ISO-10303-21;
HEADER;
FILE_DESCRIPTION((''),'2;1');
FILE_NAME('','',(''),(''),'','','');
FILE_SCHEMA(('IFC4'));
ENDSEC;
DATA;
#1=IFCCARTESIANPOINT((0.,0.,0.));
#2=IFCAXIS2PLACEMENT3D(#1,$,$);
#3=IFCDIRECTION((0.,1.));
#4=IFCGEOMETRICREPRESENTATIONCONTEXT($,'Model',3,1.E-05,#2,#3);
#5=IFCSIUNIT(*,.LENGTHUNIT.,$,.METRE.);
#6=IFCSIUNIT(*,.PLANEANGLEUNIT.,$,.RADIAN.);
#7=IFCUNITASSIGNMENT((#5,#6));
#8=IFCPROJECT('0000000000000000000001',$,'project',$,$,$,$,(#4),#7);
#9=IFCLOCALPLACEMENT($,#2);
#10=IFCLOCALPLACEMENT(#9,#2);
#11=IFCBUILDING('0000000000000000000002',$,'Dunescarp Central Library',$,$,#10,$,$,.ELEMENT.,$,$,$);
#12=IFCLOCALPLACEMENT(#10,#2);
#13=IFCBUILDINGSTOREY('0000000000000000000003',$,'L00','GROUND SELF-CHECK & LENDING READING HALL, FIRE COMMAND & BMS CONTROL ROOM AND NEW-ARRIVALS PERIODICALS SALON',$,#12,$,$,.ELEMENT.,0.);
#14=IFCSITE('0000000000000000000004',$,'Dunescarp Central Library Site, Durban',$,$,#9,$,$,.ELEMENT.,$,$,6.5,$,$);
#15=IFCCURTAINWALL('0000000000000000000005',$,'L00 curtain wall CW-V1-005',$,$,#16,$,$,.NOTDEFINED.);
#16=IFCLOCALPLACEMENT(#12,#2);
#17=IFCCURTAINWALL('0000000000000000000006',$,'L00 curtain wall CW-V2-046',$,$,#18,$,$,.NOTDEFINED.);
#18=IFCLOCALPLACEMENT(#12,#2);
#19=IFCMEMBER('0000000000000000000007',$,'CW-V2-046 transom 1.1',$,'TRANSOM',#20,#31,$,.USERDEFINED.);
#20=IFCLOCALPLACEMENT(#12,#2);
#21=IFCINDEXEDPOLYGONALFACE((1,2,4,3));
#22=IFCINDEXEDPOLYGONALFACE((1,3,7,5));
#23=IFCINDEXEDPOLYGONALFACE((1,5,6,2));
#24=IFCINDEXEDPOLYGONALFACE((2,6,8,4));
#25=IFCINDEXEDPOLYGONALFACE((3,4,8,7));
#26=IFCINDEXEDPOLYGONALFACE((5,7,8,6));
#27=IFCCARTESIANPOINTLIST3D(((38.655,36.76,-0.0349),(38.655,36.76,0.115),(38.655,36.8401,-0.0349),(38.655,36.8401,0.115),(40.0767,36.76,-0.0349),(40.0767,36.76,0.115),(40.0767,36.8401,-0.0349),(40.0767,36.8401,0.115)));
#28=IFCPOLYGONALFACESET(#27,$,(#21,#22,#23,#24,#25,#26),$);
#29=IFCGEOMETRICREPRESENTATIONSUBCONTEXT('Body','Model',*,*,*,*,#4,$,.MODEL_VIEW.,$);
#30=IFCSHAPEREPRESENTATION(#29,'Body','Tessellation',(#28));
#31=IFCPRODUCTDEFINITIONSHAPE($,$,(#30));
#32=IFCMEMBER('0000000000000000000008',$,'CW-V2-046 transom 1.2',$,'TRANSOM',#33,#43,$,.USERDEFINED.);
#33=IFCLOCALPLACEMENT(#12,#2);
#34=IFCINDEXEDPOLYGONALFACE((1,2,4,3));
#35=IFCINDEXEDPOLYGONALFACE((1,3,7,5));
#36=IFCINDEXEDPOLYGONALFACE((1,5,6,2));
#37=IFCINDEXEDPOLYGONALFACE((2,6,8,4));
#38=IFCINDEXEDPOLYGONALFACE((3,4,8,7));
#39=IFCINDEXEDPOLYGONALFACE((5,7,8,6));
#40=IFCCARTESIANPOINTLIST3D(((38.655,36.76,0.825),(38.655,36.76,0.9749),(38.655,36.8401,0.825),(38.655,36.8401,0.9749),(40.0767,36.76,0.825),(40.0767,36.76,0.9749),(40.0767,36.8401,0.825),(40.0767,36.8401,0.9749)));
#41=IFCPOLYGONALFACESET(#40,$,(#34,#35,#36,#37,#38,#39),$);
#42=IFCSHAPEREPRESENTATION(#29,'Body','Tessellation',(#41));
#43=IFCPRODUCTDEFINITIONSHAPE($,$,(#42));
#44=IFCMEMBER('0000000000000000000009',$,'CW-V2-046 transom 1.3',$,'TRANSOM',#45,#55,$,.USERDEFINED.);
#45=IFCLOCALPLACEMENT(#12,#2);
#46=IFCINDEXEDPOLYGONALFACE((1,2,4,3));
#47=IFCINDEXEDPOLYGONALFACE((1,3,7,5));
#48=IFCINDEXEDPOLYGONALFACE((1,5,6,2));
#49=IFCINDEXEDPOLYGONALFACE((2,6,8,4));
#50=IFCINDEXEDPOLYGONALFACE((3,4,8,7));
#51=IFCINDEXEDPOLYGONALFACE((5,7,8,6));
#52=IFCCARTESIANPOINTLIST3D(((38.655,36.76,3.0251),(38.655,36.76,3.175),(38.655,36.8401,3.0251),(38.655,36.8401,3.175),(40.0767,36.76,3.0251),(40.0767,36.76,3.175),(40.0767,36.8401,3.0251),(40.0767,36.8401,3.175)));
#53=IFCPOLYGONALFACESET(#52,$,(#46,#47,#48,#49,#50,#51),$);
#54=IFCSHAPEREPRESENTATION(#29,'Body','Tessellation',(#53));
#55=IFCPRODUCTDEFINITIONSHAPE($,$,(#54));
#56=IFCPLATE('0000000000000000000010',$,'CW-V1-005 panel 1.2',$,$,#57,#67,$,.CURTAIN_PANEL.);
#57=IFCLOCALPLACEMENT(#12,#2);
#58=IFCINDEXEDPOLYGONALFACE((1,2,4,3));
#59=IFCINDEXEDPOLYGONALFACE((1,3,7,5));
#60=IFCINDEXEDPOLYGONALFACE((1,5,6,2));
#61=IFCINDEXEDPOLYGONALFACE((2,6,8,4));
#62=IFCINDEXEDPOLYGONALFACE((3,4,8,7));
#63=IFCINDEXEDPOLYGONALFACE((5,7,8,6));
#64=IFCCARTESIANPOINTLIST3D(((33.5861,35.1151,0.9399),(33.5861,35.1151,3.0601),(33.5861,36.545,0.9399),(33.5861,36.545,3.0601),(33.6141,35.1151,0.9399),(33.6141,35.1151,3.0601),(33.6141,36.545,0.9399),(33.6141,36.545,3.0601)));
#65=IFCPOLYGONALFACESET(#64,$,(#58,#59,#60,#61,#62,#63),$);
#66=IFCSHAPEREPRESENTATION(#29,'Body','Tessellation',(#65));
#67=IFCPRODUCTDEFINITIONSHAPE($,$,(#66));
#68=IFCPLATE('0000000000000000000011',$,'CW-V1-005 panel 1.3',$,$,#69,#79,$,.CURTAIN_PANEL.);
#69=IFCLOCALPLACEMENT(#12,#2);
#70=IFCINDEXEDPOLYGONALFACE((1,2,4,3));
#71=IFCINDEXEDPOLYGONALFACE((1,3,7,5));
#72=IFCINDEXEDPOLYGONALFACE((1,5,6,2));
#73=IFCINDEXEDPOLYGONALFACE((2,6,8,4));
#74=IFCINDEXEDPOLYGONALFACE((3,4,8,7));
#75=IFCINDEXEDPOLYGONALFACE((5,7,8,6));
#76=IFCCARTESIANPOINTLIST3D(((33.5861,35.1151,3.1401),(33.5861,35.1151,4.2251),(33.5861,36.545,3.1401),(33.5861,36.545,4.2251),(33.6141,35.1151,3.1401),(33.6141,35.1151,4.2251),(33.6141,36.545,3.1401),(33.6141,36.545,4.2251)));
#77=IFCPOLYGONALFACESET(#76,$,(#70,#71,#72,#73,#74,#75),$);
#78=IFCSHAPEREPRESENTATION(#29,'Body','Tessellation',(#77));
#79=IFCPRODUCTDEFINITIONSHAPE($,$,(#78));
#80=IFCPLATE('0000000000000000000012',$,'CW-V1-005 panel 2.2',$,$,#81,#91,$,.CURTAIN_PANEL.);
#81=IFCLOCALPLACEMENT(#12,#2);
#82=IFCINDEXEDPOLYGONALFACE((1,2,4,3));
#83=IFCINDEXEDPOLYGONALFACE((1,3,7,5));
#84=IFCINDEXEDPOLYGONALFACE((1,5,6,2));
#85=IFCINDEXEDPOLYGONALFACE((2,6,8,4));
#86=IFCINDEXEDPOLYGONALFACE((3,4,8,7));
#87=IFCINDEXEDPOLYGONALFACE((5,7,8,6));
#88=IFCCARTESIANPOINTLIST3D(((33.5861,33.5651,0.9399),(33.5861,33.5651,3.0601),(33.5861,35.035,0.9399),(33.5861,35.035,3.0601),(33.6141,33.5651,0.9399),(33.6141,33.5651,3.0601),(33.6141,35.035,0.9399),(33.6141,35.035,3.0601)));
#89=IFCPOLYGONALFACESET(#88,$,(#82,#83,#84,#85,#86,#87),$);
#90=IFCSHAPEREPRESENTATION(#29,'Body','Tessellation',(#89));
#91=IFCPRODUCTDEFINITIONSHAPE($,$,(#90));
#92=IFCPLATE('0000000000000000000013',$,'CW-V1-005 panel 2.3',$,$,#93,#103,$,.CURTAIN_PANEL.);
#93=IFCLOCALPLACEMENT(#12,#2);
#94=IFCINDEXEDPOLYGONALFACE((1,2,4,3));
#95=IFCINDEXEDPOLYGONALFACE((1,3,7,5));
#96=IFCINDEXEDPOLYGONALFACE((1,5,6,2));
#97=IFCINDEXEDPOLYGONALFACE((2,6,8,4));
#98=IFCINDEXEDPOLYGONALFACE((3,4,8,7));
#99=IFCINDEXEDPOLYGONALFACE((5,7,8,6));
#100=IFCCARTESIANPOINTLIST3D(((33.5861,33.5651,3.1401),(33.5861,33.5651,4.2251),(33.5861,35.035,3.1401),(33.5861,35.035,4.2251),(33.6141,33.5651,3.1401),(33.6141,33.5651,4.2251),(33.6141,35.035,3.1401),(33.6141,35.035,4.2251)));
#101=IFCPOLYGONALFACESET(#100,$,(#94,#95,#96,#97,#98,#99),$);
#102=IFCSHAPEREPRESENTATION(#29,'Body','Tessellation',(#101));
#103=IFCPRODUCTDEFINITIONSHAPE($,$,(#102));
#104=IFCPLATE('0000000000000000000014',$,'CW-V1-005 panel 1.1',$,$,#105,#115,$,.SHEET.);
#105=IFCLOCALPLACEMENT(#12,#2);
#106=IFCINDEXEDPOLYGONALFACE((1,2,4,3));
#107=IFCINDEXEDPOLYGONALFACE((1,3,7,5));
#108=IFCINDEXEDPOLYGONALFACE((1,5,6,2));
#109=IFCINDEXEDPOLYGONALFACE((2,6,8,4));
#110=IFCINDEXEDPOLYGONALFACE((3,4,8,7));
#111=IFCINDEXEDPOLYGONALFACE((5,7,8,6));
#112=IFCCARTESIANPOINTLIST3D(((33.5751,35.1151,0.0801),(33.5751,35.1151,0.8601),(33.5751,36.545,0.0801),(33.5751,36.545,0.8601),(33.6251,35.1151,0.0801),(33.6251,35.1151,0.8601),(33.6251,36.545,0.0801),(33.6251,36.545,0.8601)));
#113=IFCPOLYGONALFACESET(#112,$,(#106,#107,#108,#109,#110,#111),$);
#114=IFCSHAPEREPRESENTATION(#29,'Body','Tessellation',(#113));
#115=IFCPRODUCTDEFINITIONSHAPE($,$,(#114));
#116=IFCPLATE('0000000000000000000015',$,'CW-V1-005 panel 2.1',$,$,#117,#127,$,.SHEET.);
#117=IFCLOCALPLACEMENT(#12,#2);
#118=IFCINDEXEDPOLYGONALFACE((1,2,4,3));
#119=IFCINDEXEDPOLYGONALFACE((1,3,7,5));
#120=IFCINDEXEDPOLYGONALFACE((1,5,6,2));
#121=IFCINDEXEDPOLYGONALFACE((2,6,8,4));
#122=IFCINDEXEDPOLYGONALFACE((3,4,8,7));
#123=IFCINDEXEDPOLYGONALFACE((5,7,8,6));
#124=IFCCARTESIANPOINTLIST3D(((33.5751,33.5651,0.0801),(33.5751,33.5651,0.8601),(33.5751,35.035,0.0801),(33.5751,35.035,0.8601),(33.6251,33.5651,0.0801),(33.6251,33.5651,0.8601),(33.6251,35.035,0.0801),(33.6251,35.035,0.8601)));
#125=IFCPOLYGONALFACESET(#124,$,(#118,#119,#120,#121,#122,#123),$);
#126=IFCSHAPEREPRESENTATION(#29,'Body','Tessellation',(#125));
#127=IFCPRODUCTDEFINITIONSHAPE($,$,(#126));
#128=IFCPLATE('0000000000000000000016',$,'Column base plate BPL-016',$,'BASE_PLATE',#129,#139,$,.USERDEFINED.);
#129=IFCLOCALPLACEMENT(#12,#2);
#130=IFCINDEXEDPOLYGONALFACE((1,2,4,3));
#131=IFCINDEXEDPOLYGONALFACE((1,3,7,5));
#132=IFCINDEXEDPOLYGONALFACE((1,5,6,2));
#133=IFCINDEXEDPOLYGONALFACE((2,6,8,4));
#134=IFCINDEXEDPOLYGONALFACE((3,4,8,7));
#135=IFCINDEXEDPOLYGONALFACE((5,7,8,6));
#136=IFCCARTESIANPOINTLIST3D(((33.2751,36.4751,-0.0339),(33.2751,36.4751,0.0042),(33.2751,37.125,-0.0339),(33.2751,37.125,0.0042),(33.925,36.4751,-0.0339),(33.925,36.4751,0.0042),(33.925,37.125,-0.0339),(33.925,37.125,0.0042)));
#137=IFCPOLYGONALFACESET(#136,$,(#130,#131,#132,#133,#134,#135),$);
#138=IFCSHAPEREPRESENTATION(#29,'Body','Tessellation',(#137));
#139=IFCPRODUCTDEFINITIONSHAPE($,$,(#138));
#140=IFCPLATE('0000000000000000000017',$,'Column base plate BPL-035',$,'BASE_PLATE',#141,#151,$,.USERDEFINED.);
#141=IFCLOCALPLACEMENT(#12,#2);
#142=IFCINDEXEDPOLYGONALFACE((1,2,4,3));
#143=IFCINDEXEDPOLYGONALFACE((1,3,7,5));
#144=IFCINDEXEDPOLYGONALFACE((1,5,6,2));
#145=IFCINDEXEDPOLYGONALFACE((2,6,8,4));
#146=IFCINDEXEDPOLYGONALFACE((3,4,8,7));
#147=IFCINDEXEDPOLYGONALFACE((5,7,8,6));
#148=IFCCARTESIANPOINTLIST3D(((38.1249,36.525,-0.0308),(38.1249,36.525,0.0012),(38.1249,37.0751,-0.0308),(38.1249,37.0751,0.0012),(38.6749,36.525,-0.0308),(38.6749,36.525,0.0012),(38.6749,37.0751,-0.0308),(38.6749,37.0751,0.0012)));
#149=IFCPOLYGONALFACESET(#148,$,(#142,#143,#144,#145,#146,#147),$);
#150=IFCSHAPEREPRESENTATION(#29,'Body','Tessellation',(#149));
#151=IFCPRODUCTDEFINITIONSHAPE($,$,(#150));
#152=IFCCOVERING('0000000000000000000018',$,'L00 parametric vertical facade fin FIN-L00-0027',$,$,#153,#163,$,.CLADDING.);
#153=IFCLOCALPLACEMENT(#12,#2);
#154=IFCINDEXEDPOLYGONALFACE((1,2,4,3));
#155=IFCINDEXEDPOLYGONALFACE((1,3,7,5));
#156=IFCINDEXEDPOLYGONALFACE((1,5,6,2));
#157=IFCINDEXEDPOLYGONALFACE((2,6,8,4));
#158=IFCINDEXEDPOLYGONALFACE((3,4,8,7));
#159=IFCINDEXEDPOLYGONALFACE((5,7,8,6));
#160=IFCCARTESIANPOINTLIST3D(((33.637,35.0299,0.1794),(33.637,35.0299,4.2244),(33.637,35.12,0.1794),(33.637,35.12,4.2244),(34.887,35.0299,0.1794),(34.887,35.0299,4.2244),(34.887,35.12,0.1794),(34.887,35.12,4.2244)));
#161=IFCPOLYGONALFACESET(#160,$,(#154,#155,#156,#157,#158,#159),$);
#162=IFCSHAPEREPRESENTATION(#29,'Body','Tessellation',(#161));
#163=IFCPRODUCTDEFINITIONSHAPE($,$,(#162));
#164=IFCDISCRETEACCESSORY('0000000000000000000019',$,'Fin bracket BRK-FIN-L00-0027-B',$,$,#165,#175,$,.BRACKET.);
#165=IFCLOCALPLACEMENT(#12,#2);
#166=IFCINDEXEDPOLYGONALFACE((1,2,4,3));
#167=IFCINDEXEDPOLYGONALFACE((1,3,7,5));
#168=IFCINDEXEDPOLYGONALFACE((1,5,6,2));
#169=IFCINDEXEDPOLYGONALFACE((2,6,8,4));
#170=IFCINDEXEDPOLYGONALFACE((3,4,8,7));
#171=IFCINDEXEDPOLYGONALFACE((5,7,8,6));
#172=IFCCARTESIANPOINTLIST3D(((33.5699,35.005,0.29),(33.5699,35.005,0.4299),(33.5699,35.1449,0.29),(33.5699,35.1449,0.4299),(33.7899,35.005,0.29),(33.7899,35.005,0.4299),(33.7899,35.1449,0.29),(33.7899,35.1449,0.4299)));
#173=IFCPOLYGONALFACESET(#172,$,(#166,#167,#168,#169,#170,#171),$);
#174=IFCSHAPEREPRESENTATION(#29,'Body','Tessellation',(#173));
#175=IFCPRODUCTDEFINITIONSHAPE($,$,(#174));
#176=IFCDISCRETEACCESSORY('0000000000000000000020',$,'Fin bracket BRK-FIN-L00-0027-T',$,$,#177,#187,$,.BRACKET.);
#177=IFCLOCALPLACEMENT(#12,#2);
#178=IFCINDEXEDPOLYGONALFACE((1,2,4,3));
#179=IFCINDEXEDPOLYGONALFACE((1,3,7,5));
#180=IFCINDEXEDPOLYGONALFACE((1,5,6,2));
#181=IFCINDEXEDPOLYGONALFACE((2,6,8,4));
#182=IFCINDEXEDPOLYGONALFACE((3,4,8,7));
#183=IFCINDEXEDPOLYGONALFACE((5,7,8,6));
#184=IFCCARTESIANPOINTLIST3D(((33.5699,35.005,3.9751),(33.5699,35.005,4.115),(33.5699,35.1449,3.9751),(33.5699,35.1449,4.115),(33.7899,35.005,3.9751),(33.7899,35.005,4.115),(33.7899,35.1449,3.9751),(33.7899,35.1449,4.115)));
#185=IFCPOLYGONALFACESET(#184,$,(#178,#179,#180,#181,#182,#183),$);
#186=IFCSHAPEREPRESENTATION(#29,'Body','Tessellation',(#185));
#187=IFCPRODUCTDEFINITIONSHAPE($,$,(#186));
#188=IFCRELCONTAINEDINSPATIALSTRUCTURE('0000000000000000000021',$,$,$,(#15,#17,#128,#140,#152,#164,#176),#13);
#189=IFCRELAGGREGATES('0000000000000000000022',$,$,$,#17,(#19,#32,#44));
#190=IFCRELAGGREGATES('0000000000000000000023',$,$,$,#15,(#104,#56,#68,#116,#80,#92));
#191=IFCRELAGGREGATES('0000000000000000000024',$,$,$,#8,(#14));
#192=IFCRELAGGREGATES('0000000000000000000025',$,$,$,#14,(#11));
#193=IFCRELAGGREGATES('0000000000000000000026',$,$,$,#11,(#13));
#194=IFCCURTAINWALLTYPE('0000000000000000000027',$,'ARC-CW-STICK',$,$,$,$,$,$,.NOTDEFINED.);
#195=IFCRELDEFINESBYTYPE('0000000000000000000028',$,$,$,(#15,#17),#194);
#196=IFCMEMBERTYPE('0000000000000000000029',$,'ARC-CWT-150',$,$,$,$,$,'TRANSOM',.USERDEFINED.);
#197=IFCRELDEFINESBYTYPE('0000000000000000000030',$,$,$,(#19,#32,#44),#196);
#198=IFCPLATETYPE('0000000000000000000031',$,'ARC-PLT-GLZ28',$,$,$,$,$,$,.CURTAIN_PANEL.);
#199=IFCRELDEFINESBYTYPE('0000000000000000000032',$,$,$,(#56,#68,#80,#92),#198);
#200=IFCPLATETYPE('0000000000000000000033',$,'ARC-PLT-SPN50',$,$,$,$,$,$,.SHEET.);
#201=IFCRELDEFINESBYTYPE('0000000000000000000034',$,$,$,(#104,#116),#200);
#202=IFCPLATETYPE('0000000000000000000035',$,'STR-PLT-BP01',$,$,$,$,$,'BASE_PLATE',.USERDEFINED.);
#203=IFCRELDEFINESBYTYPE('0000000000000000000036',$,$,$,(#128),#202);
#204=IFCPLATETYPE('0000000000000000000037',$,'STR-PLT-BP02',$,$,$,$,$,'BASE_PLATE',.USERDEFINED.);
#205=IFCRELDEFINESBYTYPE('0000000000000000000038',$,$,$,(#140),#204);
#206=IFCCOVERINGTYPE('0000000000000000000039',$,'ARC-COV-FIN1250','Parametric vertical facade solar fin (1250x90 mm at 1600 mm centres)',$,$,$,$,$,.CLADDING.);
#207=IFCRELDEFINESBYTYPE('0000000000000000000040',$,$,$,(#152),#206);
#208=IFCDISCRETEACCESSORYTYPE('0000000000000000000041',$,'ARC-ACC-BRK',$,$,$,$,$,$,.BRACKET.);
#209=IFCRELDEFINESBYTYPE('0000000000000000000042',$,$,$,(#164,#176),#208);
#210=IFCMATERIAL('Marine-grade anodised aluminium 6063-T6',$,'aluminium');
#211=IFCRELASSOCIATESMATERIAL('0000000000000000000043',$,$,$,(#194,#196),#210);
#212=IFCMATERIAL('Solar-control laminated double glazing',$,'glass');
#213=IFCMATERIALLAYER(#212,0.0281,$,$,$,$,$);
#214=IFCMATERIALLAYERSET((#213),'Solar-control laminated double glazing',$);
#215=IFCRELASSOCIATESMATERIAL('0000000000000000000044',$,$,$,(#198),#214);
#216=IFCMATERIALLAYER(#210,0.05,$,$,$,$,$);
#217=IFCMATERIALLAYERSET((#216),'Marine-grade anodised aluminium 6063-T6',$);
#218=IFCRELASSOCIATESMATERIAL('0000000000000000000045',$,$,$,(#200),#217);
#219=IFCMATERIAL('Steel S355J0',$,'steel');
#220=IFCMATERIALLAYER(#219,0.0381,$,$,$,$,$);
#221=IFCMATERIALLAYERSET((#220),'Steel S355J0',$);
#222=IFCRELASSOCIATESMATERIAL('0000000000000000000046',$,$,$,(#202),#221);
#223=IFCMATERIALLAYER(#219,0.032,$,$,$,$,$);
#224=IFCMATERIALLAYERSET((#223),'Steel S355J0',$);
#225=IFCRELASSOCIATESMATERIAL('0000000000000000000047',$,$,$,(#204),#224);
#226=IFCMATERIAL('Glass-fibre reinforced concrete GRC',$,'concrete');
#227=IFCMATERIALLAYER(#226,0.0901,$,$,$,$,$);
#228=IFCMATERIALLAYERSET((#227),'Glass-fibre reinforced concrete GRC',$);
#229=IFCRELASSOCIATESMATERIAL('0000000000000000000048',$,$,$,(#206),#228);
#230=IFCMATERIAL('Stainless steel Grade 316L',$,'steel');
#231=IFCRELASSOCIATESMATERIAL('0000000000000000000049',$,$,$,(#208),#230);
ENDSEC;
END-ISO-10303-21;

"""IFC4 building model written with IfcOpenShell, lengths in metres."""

from ifc_helpers import new_model, si_unit, direction, frame, origin, origin_2d, place, context, subcontext, project, spatial, rectangle, extrude, material, layer, layer_set, material_profile, profile_set, type_object, element, aggregate, save


model = new_model("IFC4")

# Units and contexts
model_context = context("Model", 3, precision=1e-05, world=origin(), true_north=direction((0.0, 1.0)))
body_context = subcontext(model_context, "Body", "Model", "MODEL_VIEW")
ifc_project = project(units=[si_unit("LENGTHUNIT", "METRE"), si_unit("PLANEANGLEUNIT", "RADIAN")], contexts=[model_context])

# Site, building, storey
site_placement = place(None, origin())
site = spatial("IfcSite", under=ifc_project, at=site_placement, Name="Dunescarp Central Library Site, Durban", CompositionType="ELEMENT", RefElevation=6.5)
building_placement = place(site_placement, origin())
building = spatial("IfcBuilding", under=site, at=building_placement, Name="Dunescarp Central Library", CompositionType="ELEMENT")
storey_placement = place(building_placement, origin())
storey = spatial("IfcBuildingStorey", under=building, at=storey_placement, Name="L00", Description="GROUND SELF-CHECK & LENDING READING HALL, FIRE COMMAND & BMS CONTROL ROOM AND NEW-ARRIVALS PERIODICALS SALON", CompositionType="ELEMENT", Elevation=0.0)

# Curtain wall
ifc_material_1 = material(Name="Marine-grade anodised aluminium 6063-T6", Category="aluminium")
curtain_wall_type = type_object("IfcCurtainWallType", Name="ARC-CW-STICK", PredefinedType="NOTDEFINED", material=ifc_material_1)
curtain_wall_1_placement = place(storey_placement, origin())
curtain_wall_1 = element("IfcCurtainWall", 1, at=curtain_wall_1_placement, inside=storey, type_object=curtain_wall_type, Name="L00 curtain wall CW-V1-005", PredefinedType="NOTDEFINED")

# Curtain wall
curtain_wall_2_placement = place(storey_placement, origin())
curtain_wall_2 = element("IfcCurtainWall", 2, at=curtain_wall_2_placement, inside=storey, type_object=curtain_wall_type, Name="L00 curtain wall CW-V2-046", PredefinedType="NOTDEFINED")

# Members
ifc_material_profile_1 = material_profile(ifc_material_1, rectangle(XDim=0.0801, YDim=0.1499, at=origin_2d()), Name="AL 80x150")
ifc_profile_set_1 = profile_set([ifc_material_profile_1], Name="Marine-grade anodised aluminium 6063-T6")
member_type_1 = type_object("IfcMemberType", Name="ARC-CWT-150", ElementType="TRANSOM", PredefinedType="USERDEFINED", material=ifc_profile_set_1)
member_1_placement = place(storey_placement, frame((38.655, 36.8, 0.04), z_axis=(1.0, 0.0, 0.0), x_axis=(0.0, 1.0, 0.0)))
member_1 = element("IfcMember", 3, at=member_1_placement, type_object=member_type_1, Name="CW-V2-046 transom 1.1", ObjectType="TRANSOM", PredefinedType="USERDEFINED", context=body_context, shape_type="SweptSolid", body=[
    extrude(rectangle(XDim=0.0801, YDim=0.1499, at=origin_2d()), origin(), (0.0, 0.0, 1.0), 1.4216),
])
member_2_placement = place(storey_placement, frame((38.655, 36.8, 0.8999), z_axis=(1.0, 0.0, 0.0), x_axis=(0.0, 1.0, 0.0)))
member_2 = element("IfcMember", 4, at=member_2_placement, type_object=member_type_1, Name="CW-V2-046 transom 1.2", ObjectType="TRANSOM", PredefinedType="USERDEFINED", context=body_context, shape_type="SweptSolid", body=[
    extrude(rectangle(XDim=0.0801, YDim=0.1499, at=origin_2d()), origin(), (0.0, 0.0, 1.0), 1.4216),
])
member_3_placement = place(storey_placement, frame((38.655, 36.8, 3.1001), z_axis=(1.0, 0.0, 0.0), x_axis=(0.0, 1.0, 0.0)))
member_3 = element("IfcMember", 5, at=member_3_placement, type_object=member_type_1, Name="CW-V2-046 transom 1.3", ObjectType="TRANSOM", PredefinedType="USERDEFINED", context=body_context, shape_type="SweptSolid", body=[
    extrude(rectangle(XDim=0.0801, YDim=0.1499, at=origin_2d()), origin(), (0.0, 0.0, 1.0), 1.4216),
])
aggregate(curtain_wall_2, [member_1, member_2, member_3])

# Plates
ifc_material_2 = material(Name="Solar-control laminated double glazing", Category="glass")
ifc_layer_1 = layer(ifc_material_2, 0.0281)
ifc_layer_set_1 = layer_set([ifc_layer_1], Name="Solar-control laminated double glazing")
plate_type_1 = type_object("IfcPlateType", Name="ARC-PLT-GLZ28", PredefinedType="CURTAIN_PANEL", material=ifc_layer_set_1)
plate_1_placement = place(storey_placement, frame((33.6001, 35.8301, 0.9399), z_axis=(0.0, 0.0, 1.0), x_axis=(0.0, -1.0, 0.0)))
plate_1 = element("IfcPlate", 6, at=plate_1_placement, type_object=plate_type_1, Name="CW-V1-005 panel 1.2", PredefinedType="CURTAIN_PANEL", context=body_context, shape_type="SweptSolid", body=[
    extrude(rectangle(XDim=1.4299, YDim=0.0281, at=origin_2d()), origin(), (0.0, 0.0, 1.0), 2.1201),
])
plate_2_placement = place(storey_placement, frame((33.6001, 35.8301, 3.1401), z_axis=(0.0, 0.0, 1.0), x_axis=(0.0, -1.0, 0.0)))
plate_2 = element("IfcPlate", 7, at=plate_2_placement, type_object=plate_type_1, Name="CW-V1-005 panel 1.3", PredefinedType="CURTAIN_PANEL", context=body_context, shape_type="SweptSolid", body=[
    extrude(rectangle(XDim=1.4299, YDim=0.0281, at=origin_2d()), origin(), (0.0, 0.0, 1.0), 1.085),
])
plate_3_placement = place(storey_placement, frame((33.6001, 34.3, 0.9399), z_axis=(0.0, 0.0, 1.0), x_axis=(0.0, -1.0, 0.0)))
plate_3 = element("IfcPlate", 8, at=plate_3_placement, type_object=plate_type_1, Name="CW-V1-005 panel 2.2", PredefinedType="CURTAIN_PANEL", context=body_context, shape_type="SweptSolid", body=[
    extrude(rectangle(XDim=1.47, YDim=0.0281, at=origin_2d()), origin(), (0.0, 0.0, 1.0), 2.1201),
])
plate_4_placement = place(storey_placement, frame((33.6001, 34.3, 3.1401), z_axis=(0.0, 0.0, 1.0), x_axis=(0.0, -1.0, 0.0)))
plate_4 = element("IfcPlate", 9, at=plate_4_placement, type_object=plate_type_1, Name="CW-V1-005 panel 2.3", PredefinedType="CURTAIN_PANEL", context=body_context, shape_type="SweptSolid", body=[
    extrude(rectangle(XDim=1.47, YDim=0.0281, at=origin_2d()), origin(), (0.0, 0.0, 1.0), 1.085),
])
ifc_layer_2 = layer(ifc_material_1, 0.05)
ifc_layer_set_2 = layer_set([ifc_layer_2], Name="Marine-grade anodised aluminium 6063-T6")
plate_type_2 = type_object("IfcPlateType", Name="ARC-PLT-SPN50", PredefinedType="SHEET", material=ifc_layer_set_2)
plate_5_placement = place(storey_placement, frame((33.6001, 35.8301, 0.0801), z_axis=(0.0, 0.0, 1.0), x_axis=(0.0, -1.0, 0.0)))
plate_5 = element("IfcPlate", 10, at=plate_5_placement, type_object=plate_type_2, Name="CW-V1-005 panel 1.1", PredefinedType="SHEET", context=body_context, shape_type="SweptSolid", body=[
    extrude(rectangle(XDim=1.4299, YDim=0.05, at=origin_2d()), origin(), (0.0, 0.0, 1.0), 0.78),
])
plate_6_placement = place(storey_placement, frame((33.6001, 34.3, 0.0801), z_axis=(0.0, 0.0, 1.0), x_axis=(0.0, -1.0, 0.0)))
plate_6 = element("IfcPlate", 11, at=plate_6_placement, type_object=plate_type_2, Name="CW-V1-005 panel 2.1", PredefinedType="SHEET", context=body_context, shape_type="SweptSolid", body=[
    extrude(rectangle(XDim=1.47, YDim=0.05, at=origin_2d()), origin(), (0.0, 0.0, 1.0), 0.78),
])
aggregate(curtain_wall_1, [plate_5, plate_1, plate_2, plate_6, plate_3, plate_4])

# Plates
ifc_material_3 = material(Name="Steel S355J0", Category="steel")
ifc_layer_3 = layer(ifc_material_3, 0.0381)
ifc_layer_set_3 = layer_set([ifc_layer_3], Name="Steel S355J0")
plate_type_3 = type_object("IfcPlateType", Name="STR-PLT-BP01", ElementType="BASE_PLATE", PredefinedType="USERDEFINED", material=ifc_layer_set_3)
plate_7_placement = place(storey_placement, frame((33.6001, 36.8, -0.0339), z_axis=(0.0, 0.0, 1.0), x_axis=(1.0, 0.0, 0.0)))
element("IfcPlate", 12, at=plate_7_placement, inside=storey, type_object=plate_type_3, Name="Column base plate BPL-016", ObjectType="BASE_PLATE", PredefinedType="USERDEFINED", context=body_context, shape_type="SweptSolid", body=[
    extrude(rectangle(XDim=0.6499, YDim=0.6499, at=origin_2d()), origin(), (0.0, 0.0, 1.0), 0.0381),
])
ifc_layer_4 = layer(ifc_material_3, 0.032)
ifc_layer_set_4 = layer_set([ifc_layer_4], Name="Steel S355J0")
plate_type_4 = type_object("IfcPlateType", Name="STR-PLT-BP02", ElementType="BASE_PLATE", PredefinedType="USERDEFINED", material=ifc_layer_set_4)
plate_8_placement = place(storey_placement, frame((38.3999, 36.8, -0.0308), z_axis=(0.0, 0.0, 1.0), x_axis=(1.0, 0.0, 0.0)))
element("IfcPlate", 13, at=plate_8_placement, inside=storey, type_object=plate_type_4, Name="Column base plate BPL-035", ObjectType="BASE_PLATE", PredefinedType="USERDEFINED", context=body_context, shape_type="SweptSolid", body=[
    extrude(rectangle(XDim=0.55, YDim=0.55, at=origin_2d()), origin(), (0.0, 0.0, 1.0), 0.032),
])

# Covering
ifc_material_4 = material(Name="Glass-fibre reinforced concrete GRC", Category="concrete")
ifc_layer_5 = layer(ifc_material_4, 0.0901)
ifc_layer_set_5 = layer_set([ifc_layer_5], Name="Glass-fibre reinforced concrete GRC")
covering_type = type_object("IfcCoveringType", Name="ARC-COV-FIN1250", Description="Parametric vertical facade solar fin (1250x90 mm at 1600 mm centres)", PredefinedType="CLADDING", material=ifc_layer_set_5)
covering_placement = place(storey_placement, frame((34.262, 35.075, 0.1794), z_axis=(0.0, 0.0, 1.0), x_axis=(1.0, 0.0, 0.0)))
element("IfcCovering", 14, at=covering_placement, inside=storey, type_object=covering_type, Name="L00 parametric vertical facade fin FIN-L00-0027", PredefinedType="CLADDING", context=body_context, shape_type="SweptSolid", body=[
    extrude(rectangle(XDim=1.25, YDim=0.0901, at=origin_2d()), origin(), (0.0, 0.0, 1.0), 4.0449),
])

# Discrete accessories
ifc_material_5 = material(Name="Stainless steel Grade 316L", Category="steel")
discrete_accessory_type = type_object("IfcDiscreteAccessoryType", Name="ARC-ACC-BRK", PredefinedType="BRACKET", material=ifc_material_5)
for number, where, z_axis, x_axis, name in (
    (15, (33.6799, 35.075, 0.29), (0.0, 0.0, 1.0), (1.0, 0.0, 0.0), "Fin bracket BRK-FIN-L00-0027-B"),
    (16, (33.6799, 35.075, 3.9751), (0.0, 0.0, 1.0), (1.0, 0.0, 0.0), "Fin bracket BRK-FIN-L00-0027-T"),
):
    element("IfcDiscreteAccessory", number, at=place(storey_placement, frame(where, z_axis=z_axis, x_axis=x_axis)), inside=storey, type_object=discrete_accessory_type, Name=name, PredefinedType="BRACKET", context=body_context, shape_type="SweptSolid", body=[
        extrude(rectangle(XDim=0.22, YDim=0.1399, at=origin_2d()), origin(), (0.0, 0.0, 1.0), 0.1399),
    ])

save(model, "model.ifc")
